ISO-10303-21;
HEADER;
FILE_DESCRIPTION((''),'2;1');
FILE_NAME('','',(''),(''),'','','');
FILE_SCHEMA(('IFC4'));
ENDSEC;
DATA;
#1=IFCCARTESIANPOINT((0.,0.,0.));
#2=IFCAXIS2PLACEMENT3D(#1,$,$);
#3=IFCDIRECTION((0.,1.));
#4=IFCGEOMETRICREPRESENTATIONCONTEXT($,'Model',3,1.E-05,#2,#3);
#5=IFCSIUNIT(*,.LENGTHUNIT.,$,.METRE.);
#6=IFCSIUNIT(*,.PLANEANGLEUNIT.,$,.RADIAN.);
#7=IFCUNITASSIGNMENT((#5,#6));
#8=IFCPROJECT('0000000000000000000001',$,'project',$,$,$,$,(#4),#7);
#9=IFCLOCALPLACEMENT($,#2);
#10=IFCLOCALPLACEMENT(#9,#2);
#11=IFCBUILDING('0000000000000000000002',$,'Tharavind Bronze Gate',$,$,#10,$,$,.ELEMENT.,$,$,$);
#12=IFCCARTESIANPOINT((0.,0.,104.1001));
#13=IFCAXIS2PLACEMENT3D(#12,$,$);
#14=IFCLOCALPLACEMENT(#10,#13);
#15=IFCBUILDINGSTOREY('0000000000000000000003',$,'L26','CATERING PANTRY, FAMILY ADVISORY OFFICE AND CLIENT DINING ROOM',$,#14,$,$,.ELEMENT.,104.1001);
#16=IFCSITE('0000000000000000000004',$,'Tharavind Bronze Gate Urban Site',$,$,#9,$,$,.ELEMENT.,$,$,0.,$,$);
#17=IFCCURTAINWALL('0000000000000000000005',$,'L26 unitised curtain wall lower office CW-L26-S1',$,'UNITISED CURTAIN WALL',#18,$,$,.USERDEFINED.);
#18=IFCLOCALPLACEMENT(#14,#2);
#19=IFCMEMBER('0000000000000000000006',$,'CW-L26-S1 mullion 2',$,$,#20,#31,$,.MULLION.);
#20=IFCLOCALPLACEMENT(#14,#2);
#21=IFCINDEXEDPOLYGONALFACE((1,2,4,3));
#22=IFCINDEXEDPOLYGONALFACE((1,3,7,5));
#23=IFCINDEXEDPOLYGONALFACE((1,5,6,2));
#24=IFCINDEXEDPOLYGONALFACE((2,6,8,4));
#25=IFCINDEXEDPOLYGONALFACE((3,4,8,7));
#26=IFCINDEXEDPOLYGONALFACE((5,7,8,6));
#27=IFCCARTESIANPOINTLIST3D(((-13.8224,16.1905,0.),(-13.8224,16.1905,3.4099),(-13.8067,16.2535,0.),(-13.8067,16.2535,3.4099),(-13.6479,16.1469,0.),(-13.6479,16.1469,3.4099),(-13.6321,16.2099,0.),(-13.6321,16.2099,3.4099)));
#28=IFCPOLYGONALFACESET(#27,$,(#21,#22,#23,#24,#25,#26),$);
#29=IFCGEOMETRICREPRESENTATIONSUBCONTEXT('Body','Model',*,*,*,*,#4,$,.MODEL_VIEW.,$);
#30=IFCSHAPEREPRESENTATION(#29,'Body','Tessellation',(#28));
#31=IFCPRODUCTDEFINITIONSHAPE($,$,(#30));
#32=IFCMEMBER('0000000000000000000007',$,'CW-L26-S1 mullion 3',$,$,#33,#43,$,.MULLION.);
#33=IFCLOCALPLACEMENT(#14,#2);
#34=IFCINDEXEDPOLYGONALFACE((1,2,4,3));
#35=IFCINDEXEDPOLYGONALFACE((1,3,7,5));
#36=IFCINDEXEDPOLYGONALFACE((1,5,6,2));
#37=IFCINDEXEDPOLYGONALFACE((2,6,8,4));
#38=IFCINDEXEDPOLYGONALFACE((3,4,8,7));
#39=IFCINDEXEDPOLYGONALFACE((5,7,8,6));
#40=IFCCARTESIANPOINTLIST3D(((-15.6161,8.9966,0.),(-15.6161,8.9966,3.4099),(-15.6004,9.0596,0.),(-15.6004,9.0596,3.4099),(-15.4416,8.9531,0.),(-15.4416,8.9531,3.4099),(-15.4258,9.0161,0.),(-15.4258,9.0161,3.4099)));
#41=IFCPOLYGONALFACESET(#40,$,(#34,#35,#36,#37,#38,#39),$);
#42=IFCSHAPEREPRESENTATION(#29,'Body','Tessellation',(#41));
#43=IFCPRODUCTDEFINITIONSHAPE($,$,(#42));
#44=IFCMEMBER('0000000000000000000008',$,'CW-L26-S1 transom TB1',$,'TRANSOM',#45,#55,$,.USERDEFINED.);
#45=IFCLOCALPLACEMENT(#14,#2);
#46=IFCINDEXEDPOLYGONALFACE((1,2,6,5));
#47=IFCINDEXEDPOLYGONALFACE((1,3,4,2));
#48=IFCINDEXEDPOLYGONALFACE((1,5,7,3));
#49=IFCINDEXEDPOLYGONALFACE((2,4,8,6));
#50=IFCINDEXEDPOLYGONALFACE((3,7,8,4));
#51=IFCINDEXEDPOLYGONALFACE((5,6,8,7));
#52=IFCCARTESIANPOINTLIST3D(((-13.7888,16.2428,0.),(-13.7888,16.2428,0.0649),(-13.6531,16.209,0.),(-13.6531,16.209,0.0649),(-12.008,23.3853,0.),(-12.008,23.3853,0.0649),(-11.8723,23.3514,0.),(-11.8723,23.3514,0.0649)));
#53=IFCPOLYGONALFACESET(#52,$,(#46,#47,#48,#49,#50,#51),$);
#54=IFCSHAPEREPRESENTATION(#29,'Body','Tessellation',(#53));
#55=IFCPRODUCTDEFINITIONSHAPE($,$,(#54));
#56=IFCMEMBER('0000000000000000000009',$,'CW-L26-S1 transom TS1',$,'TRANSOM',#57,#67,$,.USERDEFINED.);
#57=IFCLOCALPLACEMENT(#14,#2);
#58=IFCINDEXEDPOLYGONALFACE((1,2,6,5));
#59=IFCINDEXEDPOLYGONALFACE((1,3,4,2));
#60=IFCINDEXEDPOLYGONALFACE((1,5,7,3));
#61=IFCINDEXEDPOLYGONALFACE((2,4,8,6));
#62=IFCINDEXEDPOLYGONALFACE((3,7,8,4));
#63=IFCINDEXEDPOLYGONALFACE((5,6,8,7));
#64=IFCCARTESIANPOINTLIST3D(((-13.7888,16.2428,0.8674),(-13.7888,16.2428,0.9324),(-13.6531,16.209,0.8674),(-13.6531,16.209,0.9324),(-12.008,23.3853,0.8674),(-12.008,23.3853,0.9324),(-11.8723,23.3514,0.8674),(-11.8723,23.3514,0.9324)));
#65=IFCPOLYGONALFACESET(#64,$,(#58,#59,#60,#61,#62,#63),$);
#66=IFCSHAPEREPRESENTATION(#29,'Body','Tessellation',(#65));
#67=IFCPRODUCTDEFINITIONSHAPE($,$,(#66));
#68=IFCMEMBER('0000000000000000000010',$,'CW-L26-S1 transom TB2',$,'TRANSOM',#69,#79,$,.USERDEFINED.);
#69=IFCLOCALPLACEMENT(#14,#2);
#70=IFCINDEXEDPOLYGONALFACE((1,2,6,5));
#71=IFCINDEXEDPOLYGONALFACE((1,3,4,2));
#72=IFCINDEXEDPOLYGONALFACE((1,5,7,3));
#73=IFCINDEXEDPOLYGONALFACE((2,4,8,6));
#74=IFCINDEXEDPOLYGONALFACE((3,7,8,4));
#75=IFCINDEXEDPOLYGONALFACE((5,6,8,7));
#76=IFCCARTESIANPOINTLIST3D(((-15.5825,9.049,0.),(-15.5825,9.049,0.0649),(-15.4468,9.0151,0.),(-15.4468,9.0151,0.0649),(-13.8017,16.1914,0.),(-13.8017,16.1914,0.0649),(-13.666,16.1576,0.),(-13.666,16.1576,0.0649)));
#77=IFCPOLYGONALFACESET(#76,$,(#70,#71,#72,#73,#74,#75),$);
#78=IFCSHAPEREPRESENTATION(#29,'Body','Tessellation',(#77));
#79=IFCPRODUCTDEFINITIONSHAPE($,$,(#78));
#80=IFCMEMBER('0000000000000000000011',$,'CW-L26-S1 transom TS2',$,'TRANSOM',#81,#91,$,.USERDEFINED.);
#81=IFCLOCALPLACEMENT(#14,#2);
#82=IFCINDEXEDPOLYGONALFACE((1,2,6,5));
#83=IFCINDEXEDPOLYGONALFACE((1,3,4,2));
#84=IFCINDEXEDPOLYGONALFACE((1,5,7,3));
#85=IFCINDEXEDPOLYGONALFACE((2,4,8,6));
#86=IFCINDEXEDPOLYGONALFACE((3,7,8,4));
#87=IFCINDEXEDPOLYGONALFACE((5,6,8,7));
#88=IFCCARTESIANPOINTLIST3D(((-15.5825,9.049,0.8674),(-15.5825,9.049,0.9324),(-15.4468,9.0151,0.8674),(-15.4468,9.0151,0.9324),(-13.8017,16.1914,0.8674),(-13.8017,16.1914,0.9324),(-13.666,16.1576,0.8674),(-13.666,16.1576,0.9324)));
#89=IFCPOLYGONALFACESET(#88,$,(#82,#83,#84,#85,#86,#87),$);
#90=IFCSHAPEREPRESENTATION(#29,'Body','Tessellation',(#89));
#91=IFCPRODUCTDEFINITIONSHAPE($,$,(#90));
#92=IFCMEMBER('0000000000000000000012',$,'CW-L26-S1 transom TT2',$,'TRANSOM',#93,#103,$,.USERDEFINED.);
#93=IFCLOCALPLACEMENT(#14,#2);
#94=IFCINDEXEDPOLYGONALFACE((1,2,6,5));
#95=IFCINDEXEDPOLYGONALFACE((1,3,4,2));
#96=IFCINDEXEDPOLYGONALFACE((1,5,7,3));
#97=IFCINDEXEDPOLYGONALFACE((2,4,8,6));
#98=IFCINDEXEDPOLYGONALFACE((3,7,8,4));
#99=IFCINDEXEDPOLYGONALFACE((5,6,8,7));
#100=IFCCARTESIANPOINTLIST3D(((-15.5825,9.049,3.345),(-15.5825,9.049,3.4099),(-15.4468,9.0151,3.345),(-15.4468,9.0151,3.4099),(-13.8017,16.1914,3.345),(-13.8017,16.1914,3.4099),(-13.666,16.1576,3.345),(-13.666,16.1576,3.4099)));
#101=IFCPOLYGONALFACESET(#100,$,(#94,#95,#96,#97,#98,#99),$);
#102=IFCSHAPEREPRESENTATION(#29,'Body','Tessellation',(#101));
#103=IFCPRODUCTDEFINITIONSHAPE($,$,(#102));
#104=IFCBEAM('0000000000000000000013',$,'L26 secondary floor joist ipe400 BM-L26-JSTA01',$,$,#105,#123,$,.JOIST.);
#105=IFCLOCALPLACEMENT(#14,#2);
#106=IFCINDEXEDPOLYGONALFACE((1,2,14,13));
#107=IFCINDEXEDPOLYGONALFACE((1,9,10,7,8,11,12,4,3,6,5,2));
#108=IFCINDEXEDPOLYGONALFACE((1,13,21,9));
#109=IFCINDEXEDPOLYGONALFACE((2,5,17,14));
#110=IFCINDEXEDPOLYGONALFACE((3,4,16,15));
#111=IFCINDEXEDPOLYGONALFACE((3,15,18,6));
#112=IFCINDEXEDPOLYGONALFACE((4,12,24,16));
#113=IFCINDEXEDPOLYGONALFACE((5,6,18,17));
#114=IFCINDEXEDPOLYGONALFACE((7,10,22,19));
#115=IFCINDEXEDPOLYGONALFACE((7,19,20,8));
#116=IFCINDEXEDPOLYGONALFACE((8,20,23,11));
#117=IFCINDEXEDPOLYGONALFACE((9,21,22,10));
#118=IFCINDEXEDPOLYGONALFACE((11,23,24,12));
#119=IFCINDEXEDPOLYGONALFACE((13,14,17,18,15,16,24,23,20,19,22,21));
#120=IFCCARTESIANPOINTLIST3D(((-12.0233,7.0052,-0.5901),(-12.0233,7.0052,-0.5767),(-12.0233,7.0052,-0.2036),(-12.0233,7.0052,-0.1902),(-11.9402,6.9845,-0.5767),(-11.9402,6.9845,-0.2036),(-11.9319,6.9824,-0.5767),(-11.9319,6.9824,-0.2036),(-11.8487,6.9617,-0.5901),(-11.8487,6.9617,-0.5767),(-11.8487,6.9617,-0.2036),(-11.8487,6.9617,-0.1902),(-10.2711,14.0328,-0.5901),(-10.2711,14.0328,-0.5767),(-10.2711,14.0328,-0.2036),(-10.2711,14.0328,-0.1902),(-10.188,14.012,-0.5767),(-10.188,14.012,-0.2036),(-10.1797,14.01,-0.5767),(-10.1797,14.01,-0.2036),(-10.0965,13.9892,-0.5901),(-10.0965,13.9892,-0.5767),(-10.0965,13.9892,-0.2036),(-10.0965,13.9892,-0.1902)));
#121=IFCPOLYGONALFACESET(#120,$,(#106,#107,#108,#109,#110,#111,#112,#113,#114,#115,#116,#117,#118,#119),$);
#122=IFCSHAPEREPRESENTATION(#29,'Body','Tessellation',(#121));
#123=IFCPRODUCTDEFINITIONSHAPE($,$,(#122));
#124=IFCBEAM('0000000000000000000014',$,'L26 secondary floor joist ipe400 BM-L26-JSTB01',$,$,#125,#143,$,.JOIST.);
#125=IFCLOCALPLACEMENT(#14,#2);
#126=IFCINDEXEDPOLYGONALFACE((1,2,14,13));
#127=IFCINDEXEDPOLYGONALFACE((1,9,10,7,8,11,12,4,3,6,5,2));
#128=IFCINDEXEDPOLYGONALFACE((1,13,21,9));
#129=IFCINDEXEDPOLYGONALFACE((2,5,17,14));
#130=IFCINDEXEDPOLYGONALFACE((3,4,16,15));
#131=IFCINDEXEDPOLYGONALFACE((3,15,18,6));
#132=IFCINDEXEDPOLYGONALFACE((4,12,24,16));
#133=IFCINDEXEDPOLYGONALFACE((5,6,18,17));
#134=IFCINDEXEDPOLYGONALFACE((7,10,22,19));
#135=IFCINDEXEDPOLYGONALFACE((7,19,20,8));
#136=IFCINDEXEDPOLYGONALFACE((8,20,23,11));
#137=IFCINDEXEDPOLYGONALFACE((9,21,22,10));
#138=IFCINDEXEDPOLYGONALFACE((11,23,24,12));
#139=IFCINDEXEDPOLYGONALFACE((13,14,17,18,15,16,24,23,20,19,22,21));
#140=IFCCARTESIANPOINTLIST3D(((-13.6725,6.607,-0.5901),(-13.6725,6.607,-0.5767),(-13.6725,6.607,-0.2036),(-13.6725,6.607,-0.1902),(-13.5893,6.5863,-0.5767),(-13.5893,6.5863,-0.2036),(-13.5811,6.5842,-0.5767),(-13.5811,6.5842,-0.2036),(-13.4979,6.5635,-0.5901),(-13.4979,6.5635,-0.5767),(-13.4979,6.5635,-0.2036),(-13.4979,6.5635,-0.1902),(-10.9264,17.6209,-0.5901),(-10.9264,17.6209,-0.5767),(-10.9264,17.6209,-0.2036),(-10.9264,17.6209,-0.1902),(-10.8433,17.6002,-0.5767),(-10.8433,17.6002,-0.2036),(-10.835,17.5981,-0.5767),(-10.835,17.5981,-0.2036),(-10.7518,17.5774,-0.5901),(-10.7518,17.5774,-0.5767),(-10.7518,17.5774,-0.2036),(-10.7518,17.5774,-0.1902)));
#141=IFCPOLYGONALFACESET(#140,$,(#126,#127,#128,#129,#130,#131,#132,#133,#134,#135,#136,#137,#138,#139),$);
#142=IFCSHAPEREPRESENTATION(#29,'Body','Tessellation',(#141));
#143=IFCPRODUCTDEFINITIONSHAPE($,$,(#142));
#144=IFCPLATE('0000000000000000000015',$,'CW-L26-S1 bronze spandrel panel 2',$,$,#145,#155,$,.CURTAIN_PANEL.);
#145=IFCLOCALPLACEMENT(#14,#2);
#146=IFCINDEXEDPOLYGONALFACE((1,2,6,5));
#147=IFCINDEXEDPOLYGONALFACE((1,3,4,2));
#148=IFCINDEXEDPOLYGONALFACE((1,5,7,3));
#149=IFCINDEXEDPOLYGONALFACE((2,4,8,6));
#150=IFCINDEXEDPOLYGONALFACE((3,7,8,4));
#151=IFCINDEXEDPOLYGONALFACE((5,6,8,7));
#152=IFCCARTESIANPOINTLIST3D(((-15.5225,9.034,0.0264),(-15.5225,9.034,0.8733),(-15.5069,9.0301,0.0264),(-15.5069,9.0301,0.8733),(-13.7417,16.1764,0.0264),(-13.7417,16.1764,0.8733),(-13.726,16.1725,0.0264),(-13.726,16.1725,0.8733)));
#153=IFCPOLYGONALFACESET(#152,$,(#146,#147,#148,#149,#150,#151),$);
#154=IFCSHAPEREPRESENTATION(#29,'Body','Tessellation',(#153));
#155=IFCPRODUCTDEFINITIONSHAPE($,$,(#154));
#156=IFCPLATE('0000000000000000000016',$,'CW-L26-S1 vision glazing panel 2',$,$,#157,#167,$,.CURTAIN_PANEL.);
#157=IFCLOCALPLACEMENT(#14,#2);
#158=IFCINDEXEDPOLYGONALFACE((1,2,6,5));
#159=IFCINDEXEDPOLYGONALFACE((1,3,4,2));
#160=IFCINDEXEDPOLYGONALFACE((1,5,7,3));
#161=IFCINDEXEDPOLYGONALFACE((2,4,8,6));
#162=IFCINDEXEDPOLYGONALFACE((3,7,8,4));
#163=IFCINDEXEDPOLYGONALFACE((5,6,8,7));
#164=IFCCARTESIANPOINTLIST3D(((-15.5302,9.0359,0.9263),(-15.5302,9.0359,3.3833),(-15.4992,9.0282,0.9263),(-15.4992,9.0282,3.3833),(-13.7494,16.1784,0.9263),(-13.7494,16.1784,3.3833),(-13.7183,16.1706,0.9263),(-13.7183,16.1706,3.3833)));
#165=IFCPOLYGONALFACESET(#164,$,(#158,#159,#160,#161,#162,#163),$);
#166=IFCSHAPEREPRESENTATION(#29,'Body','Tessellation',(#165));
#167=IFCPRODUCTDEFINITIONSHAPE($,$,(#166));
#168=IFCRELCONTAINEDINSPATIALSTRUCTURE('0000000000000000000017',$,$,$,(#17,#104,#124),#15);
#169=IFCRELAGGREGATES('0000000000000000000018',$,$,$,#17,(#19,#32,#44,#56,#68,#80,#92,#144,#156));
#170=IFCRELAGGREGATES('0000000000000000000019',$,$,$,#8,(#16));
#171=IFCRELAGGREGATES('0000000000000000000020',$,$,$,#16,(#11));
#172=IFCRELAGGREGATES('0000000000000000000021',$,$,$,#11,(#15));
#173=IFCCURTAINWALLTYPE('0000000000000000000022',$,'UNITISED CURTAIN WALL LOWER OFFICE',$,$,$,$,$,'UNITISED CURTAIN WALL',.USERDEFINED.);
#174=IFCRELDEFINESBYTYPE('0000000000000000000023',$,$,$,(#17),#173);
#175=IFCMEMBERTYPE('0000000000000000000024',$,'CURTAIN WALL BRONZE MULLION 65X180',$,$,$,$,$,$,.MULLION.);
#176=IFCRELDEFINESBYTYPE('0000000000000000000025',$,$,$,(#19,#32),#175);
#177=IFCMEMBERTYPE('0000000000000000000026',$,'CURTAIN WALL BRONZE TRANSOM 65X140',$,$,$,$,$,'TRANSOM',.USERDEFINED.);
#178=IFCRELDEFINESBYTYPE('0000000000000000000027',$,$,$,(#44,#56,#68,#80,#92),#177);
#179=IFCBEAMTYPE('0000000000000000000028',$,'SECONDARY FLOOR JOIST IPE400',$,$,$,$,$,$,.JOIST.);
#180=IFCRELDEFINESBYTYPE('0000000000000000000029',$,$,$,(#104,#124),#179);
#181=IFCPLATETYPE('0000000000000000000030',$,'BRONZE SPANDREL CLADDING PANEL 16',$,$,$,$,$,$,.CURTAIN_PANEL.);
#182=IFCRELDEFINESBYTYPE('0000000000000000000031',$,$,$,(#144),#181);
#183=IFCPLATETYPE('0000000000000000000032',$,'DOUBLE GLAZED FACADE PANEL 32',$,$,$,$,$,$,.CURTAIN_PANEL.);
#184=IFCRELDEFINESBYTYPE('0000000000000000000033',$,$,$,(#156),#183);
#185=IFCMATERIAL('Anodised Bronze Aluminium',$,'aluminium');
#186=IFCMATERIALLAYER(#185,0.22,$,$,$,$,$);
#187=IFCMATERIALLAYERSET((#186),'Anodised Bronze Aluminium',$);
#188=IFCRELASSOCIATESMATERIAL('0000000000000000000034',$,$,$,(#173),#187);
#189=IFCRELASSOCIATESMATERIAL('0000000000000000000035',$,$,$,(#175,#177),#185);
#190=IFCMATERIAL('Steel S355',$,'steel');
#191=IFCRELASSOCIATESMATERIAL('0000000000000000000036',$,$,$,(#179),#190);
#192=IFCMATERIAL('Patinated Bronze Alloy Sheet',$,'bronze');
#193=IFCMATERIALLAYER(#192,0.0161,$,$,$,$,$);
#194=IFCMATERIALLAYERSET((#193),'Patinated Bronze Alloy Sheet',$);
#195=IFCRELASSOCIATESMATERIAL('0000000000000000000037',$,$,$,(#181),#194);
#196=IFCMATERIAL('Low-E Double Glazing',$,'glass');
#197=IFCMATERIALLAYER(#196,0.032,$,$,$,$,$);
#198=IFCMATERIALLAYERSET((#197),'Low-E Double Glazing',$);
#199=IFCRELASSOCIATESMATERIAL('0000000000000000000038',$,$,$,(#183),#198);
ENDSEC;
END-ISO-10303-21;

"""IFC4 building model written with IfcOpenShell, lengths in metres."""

from ifc_helpers import new_model, si_unit, direction, frame, origin, origin_2d, place, context, subcontext, project, spatial, rectangle, i_section, extrude, material, layer, layer_set, material_profile, profile_set, type_object, element, aggregate, save


model = new_model("IFC4")

# Units and contexts
model_context = context("Model", 3, precision=1e-05, world=origin(), true_north=direction((0.0, 1.0)))
body_context = subcontext(model_context, "Body", "Model", "MODEL_VIEW")
ifc_project = project(units=[si_unit("LENGTHUNIT", "METRE"), si_unit("PLANEANGLEUNIT", "RADIAN")], contexts=[model_context])

# Site, building, storey
site_placement = place(None, origin())
site = spatial("IfcSite", under=ifc_project, at=site_placement, Name="Tharavind Bronze Gate Urban Site", CompositionType="ELEMENT", RefElevation=0.0)
building_placement = place(site_placement, origin())
building = spatial("IfcBuilding", under=site, at=building_placement, Name="Tharavind Bronze Gate", CompositionType="ELEMENT")
storey_placement = place(building_placement, frame((0.0, 0.0, 104.1001)))
storey = spatial("IfcBuildingStorey", under=building, at=storey_placement, Name="L26", Description="CATERING PANTRY, FAMILY ADVISORY OFFICE AND CLIENT DINING ROOM", CompositionType="ELEMENT", Elevation=104.1001)

# Curtain wall, members
ifc_material_1 = material(Name="Anodised Bronze Aluminium", Category="aluminium")
ifc_layer_1 = layer(ifc_material_1, 0.22)
ifc_layer_set_1 = layer_set([ifc_layer_1], Name="Anodised Bronze Aluminium")
curtain_wall_type = type_object("IfcCurtainWallType", Name="UNITISED CURTAIN WALL LOWER OFFICE", ElementType="UNITISED CURTAIN WALL", PredefinedType="USERDEFINED", material=ifc_layer_set_1)
curtain_wall_placement = place(storey_placement, origin())
curtain_wall = element("IfcCurtainWall", 1, at=curtain_wall_placement, inside=storey, type_object=curtain_wall_type, Name="L26 unitised curtain wall lower office CW-L26-S1", ObjectType="UNITISED CURTAIN WALL", PredefinedType="USERDEFINED")
member_type_1 = type_object("IfcMemberType", Name="CURTAIN WALL BRONZE MULLION 65X180", PredefinedType="MULLION", material=ifc_material_1)
member_1_placement = place(storey_placement, frame((-13.7273, 16.2002, 0.0), z_axis=(0.0, 0.0, 1.0), x_axis=(-0.241922, -0.970296, 0.0)))
member_1 = element("IfcMember", 2, at=member_1_placement, type_object=member_type_1, Name="CW-L26-S1 mullion 2", PredefinedType="MULLION", context=body_context, shape_type="SweptSolid", body=[
    extrude(rectangle(XDim=0.0649, YDim=0.1799, at=origin_2d()), origin(), (0.0, 0.0, 1.0), 3.4099),
])
member_2_placement = place(storey_placement, frame((-15.521, 9.0063, 0.0), z_axis=(0.0, 0.0, 1.0), x_axis=(-0.241922, -0.970296, 0.0)))
member_2 = element("IfcMember", 3, at=member_2_placement, type_object=member_type_1, Name="CW-L26-S1 mullion 3", PredefinedType="MULLION", context=body_context, shape_type="SweptSolid", body=[
    extrude(rectangle(XDim=0.0649, YDim=0.1799, at=origin_2d()), origin(), (0.0, 0.0, 1.0), 3.4099),
])
member_type_2 = type_object("IfcMemberType", Name="CURTAIN WALL BRONZE TRANSOM 65X140", ElementType="TRANSOM", PredefinedType="USERDEFINED", material=ifc_material_1)
member_3_placement = place(storey_placement, frame((-12.8306, 19.7971, 0.0), z_axis=(0.0, 0.0, 1.0), x_axis=(-0.241922, -0.970296, 0.0)))
member_3 = element("IfcMember", 4, at=member_3_placement, type_object=member_type_2, Name="CW-L26-S1 transom TB1", ObjectType="TRANSOM", PredefinedType="USERDEFINED", context=body_context, shape_type="SweptSolid", body=[
    extrude(rectangle(XDim=7.3611, YDim=0.1399, at=origin_2d()), origin(), (0.0, 0.0, 1.0), 0.0649),
])
member_4_placement = place(storey_placement, frame((-12.8306, 19.7971, 0.8674), z_axis=(0.0, 0.0, 1.0), x_axis=(-0.241922, -0.970296, 0.0)))
member_4 = element("IfcMember", 5, at=member_4_placement, type_object=member_type_2, Name="CW-L26-S1 transom TS1", ObjectType="TRANSOM", PredefinedType="USERDEFINED", context=body_context, shape_type="SweptSolid", body=[
    extrude(rectangle(XDim=7.3611, YDim=0.1399, at=origin_2d()), origin(), (0.0, 0.0, 1.0), 0.0649),
])
member_5_placement = place(storey_placement, frame((-14.6243, 12.6033, 0.0), z_axis=(0.0, 0.0, 1.0), x_axis=(-0.241922, -0.970296, 0.0)))
member_5 = element("IfcMember", 6, at=member_5_placement, type_object=member_type_2, Name="CW-L26-S1 transom TB2", ObjectType="TRANSOM", PredefinedType="USERDEFINED", context=body_context, shape_type="SweptSolid", body=[
    extrude(rectangle(XDim=7.3611, YDim=0.1399, at=origin_2d()), origin(), (0.0, 0.0, 1.0), 0.0649),
])
member_6_placement = place(storey_placement, frame((-14.6243, 12.6033, 0.8674), z_axis=(0.0, 0.0, 1.0), x_axis=(-0.241922, -0.970296, 0.0)))
member_6 = element("IfcMember", 7, at=member_6_placement, type_object=member_type_2, Name="CW-L26-S1 transom TS2", ObjectType="TRANSOM", PredefinedType="USERDEFINED", context=body_context, shape_type="SweptSolid", body=[
    extrude(rectangle(XDim=7.3611, YDim=0.1399, at=origin_2d()), origin(), (0.0, 0.0, 1.0), 0.0649),
])
member_7_placement = place(storey_placement, frame((-14.6243, 12.6033, 3.345), z_axis=(0.0, 0.0, 1.0), x_axis=(-0.241922, -0.970296, 0.0)))
member_7 = element("IfcMember", 8, at=member_7_placement, type_object=member_type_2, Name="CW-L26-S1 transom TT2", ObjectType="TRANSOM", PredefinedType="USERDEFINED", context=body_context, shape_type="SweptSolid", body=[
    extrude(rectangle(XDim=7.3611, YDim=0.1399, at=origin_2d()), origin(), (0.0, 0.0, 1.0), 0.0649),
])

# Beams
ifc_material_2 = material(Name="Steel S355", Category="steel")
ifc_material_profile = material_profile(ifc_material_2, i_section(OverallWidth=0.1799, OverallDepth=0.3999, WebThickness=0.0085, FlangeThickness=0.0134, at=origin_2d()), Name="IPE400")
ifc_profile_set = profile_set([ifc_material_profile], Name="Steel S355")
beam_type = type_object("IfcBeamType", Name="SECONDARY FLOOR JOIST IPE400", PredefinedType="JOIST", material=ifc_profile_set)
beam_1_placement = place(storey_placement, frame((-10.1838, 14.011, -0.3901), z_axis=(-0.241925, -0.970295, 0.0), x_axis=(0.970295, -0.241925, 0.0)))
element("IfcBeam", 9, at=beam_1_placement, inside=storey, type_object=beam_type, Name="L26 secondary floor joist ipe400 BM-L26-JSTA01", PredefinedType="JOIST", context=body_context, shape_type="SweptSolid", body=[
    extrude(i_section(OverallWidth=0.1799, OverallDepth=0.3999, WebThickness=0.0085, FlangeThickness=0.0134, at=origin_2d()), origin(), (0.0, 0.0, 1.0), 7.2427),
])
beam_2_placement = place(storey_placement, frame((-10.8391, 17.5991, -0.3901), z_axis=(-0.241923, -0.970295, 0.0), x_axis=(0.970295, -0.241923, 0.0)))
element("IfcBeam", 10, at=beam_2_placement, inside=storey, type_object=beam_type, Name="L26 secondary floor joist ipe400 BM-L26-JSTB01", PredefinedType="JOIST", context=body_context, shape_type="SweptSolid", body=[
    extrude(i_section(OverallWidth=0.1799, OverallDepth=0.3999, WebThickness=0.0085, FlangeThickness=0.0134, at=origin_2d()), origin(), (0.0, 0.0, 1.0), 11.3511),
])

# Plates
ifc_material_3 = material(Name="Patinated Bronze Alloy Sheet", Category="bronze")
ifc_layer_2 = layer(ifc_material_3, 0.0161)
ifc_layer_set_2 = layer_set([ifc_layer_2], Name="Patinated Bronze Alloy Sheet")
plate_type_1 = type_object("IfcPlateType", Name="BRONZE SPANDREL CLADDING PANEL 16", PredefinedType="CURTAIN_PANEL", material=ifc_layer_set_2)
plate_1_placement = place(storey_placement, frame((-14.6243, 12.6033, 0.0264), z_axis=(0.0, 0.0, 1.0), x_axis=(-0.241922, -0.970296, 0.0)))
plate_1 = element("IfcPlate", 11, at=plate_1_placement, type_object=plate_type_1, Name="CW-L26-S1 bronze spandrel panel 2", PredefinedType="CURTAIN_PANEL", context=body_context, shape_type="SweptSolid", body=[
    extrude(rectangle(XDim=7.3611, YDim=0.0161, at=origin_2d()), origin(), (0.0, 0.0, 1.0), 0.8469),
])
ifc_material_4 = material(Name="Low-E Double Glazing", Category="glass")
ifc_layer_3 = layer(ifc_material_4, 0.032)
ifc_layer_set_3 = layer_set([ifc_layer_3], Name="Low-E Double Glazing")
plate_type_2 = type_object("IfcPlateType", Name="DOUBLE GLAZED FACADE PANEL 32", PredefinedType="CURTAIN_PANEL", material=ifc_layer_set_3)
plate_2_placement = place(storey_placement, frame((-14.6243, 12.6033, 0.9263), z_axis=(0.0, 0.0, 1.0), x_axis=(-0.241922, -0.970296, 0.0)))
plate_2 = element("IfcPlate", 12, at=plate_2_placement, type_object=plate_type_2, Name="CW-L26-S1 vision glazing panel 2", PredefinedType="CURTAIN_PANEL", context=body_context, shape_type="SweptSolid", body=[
    extrude(rectangle(XDim=7.3611, YDim=0.032, at=origin_2d()), origin(), (0.0, 0.0, 1.0), 2.457),
])
aggregate(curtain_wall, [member_1, member_2, member_3, member_4, member_5, member_6, member_7, plate_1, plate_2])

save(model, "model.ifc")
